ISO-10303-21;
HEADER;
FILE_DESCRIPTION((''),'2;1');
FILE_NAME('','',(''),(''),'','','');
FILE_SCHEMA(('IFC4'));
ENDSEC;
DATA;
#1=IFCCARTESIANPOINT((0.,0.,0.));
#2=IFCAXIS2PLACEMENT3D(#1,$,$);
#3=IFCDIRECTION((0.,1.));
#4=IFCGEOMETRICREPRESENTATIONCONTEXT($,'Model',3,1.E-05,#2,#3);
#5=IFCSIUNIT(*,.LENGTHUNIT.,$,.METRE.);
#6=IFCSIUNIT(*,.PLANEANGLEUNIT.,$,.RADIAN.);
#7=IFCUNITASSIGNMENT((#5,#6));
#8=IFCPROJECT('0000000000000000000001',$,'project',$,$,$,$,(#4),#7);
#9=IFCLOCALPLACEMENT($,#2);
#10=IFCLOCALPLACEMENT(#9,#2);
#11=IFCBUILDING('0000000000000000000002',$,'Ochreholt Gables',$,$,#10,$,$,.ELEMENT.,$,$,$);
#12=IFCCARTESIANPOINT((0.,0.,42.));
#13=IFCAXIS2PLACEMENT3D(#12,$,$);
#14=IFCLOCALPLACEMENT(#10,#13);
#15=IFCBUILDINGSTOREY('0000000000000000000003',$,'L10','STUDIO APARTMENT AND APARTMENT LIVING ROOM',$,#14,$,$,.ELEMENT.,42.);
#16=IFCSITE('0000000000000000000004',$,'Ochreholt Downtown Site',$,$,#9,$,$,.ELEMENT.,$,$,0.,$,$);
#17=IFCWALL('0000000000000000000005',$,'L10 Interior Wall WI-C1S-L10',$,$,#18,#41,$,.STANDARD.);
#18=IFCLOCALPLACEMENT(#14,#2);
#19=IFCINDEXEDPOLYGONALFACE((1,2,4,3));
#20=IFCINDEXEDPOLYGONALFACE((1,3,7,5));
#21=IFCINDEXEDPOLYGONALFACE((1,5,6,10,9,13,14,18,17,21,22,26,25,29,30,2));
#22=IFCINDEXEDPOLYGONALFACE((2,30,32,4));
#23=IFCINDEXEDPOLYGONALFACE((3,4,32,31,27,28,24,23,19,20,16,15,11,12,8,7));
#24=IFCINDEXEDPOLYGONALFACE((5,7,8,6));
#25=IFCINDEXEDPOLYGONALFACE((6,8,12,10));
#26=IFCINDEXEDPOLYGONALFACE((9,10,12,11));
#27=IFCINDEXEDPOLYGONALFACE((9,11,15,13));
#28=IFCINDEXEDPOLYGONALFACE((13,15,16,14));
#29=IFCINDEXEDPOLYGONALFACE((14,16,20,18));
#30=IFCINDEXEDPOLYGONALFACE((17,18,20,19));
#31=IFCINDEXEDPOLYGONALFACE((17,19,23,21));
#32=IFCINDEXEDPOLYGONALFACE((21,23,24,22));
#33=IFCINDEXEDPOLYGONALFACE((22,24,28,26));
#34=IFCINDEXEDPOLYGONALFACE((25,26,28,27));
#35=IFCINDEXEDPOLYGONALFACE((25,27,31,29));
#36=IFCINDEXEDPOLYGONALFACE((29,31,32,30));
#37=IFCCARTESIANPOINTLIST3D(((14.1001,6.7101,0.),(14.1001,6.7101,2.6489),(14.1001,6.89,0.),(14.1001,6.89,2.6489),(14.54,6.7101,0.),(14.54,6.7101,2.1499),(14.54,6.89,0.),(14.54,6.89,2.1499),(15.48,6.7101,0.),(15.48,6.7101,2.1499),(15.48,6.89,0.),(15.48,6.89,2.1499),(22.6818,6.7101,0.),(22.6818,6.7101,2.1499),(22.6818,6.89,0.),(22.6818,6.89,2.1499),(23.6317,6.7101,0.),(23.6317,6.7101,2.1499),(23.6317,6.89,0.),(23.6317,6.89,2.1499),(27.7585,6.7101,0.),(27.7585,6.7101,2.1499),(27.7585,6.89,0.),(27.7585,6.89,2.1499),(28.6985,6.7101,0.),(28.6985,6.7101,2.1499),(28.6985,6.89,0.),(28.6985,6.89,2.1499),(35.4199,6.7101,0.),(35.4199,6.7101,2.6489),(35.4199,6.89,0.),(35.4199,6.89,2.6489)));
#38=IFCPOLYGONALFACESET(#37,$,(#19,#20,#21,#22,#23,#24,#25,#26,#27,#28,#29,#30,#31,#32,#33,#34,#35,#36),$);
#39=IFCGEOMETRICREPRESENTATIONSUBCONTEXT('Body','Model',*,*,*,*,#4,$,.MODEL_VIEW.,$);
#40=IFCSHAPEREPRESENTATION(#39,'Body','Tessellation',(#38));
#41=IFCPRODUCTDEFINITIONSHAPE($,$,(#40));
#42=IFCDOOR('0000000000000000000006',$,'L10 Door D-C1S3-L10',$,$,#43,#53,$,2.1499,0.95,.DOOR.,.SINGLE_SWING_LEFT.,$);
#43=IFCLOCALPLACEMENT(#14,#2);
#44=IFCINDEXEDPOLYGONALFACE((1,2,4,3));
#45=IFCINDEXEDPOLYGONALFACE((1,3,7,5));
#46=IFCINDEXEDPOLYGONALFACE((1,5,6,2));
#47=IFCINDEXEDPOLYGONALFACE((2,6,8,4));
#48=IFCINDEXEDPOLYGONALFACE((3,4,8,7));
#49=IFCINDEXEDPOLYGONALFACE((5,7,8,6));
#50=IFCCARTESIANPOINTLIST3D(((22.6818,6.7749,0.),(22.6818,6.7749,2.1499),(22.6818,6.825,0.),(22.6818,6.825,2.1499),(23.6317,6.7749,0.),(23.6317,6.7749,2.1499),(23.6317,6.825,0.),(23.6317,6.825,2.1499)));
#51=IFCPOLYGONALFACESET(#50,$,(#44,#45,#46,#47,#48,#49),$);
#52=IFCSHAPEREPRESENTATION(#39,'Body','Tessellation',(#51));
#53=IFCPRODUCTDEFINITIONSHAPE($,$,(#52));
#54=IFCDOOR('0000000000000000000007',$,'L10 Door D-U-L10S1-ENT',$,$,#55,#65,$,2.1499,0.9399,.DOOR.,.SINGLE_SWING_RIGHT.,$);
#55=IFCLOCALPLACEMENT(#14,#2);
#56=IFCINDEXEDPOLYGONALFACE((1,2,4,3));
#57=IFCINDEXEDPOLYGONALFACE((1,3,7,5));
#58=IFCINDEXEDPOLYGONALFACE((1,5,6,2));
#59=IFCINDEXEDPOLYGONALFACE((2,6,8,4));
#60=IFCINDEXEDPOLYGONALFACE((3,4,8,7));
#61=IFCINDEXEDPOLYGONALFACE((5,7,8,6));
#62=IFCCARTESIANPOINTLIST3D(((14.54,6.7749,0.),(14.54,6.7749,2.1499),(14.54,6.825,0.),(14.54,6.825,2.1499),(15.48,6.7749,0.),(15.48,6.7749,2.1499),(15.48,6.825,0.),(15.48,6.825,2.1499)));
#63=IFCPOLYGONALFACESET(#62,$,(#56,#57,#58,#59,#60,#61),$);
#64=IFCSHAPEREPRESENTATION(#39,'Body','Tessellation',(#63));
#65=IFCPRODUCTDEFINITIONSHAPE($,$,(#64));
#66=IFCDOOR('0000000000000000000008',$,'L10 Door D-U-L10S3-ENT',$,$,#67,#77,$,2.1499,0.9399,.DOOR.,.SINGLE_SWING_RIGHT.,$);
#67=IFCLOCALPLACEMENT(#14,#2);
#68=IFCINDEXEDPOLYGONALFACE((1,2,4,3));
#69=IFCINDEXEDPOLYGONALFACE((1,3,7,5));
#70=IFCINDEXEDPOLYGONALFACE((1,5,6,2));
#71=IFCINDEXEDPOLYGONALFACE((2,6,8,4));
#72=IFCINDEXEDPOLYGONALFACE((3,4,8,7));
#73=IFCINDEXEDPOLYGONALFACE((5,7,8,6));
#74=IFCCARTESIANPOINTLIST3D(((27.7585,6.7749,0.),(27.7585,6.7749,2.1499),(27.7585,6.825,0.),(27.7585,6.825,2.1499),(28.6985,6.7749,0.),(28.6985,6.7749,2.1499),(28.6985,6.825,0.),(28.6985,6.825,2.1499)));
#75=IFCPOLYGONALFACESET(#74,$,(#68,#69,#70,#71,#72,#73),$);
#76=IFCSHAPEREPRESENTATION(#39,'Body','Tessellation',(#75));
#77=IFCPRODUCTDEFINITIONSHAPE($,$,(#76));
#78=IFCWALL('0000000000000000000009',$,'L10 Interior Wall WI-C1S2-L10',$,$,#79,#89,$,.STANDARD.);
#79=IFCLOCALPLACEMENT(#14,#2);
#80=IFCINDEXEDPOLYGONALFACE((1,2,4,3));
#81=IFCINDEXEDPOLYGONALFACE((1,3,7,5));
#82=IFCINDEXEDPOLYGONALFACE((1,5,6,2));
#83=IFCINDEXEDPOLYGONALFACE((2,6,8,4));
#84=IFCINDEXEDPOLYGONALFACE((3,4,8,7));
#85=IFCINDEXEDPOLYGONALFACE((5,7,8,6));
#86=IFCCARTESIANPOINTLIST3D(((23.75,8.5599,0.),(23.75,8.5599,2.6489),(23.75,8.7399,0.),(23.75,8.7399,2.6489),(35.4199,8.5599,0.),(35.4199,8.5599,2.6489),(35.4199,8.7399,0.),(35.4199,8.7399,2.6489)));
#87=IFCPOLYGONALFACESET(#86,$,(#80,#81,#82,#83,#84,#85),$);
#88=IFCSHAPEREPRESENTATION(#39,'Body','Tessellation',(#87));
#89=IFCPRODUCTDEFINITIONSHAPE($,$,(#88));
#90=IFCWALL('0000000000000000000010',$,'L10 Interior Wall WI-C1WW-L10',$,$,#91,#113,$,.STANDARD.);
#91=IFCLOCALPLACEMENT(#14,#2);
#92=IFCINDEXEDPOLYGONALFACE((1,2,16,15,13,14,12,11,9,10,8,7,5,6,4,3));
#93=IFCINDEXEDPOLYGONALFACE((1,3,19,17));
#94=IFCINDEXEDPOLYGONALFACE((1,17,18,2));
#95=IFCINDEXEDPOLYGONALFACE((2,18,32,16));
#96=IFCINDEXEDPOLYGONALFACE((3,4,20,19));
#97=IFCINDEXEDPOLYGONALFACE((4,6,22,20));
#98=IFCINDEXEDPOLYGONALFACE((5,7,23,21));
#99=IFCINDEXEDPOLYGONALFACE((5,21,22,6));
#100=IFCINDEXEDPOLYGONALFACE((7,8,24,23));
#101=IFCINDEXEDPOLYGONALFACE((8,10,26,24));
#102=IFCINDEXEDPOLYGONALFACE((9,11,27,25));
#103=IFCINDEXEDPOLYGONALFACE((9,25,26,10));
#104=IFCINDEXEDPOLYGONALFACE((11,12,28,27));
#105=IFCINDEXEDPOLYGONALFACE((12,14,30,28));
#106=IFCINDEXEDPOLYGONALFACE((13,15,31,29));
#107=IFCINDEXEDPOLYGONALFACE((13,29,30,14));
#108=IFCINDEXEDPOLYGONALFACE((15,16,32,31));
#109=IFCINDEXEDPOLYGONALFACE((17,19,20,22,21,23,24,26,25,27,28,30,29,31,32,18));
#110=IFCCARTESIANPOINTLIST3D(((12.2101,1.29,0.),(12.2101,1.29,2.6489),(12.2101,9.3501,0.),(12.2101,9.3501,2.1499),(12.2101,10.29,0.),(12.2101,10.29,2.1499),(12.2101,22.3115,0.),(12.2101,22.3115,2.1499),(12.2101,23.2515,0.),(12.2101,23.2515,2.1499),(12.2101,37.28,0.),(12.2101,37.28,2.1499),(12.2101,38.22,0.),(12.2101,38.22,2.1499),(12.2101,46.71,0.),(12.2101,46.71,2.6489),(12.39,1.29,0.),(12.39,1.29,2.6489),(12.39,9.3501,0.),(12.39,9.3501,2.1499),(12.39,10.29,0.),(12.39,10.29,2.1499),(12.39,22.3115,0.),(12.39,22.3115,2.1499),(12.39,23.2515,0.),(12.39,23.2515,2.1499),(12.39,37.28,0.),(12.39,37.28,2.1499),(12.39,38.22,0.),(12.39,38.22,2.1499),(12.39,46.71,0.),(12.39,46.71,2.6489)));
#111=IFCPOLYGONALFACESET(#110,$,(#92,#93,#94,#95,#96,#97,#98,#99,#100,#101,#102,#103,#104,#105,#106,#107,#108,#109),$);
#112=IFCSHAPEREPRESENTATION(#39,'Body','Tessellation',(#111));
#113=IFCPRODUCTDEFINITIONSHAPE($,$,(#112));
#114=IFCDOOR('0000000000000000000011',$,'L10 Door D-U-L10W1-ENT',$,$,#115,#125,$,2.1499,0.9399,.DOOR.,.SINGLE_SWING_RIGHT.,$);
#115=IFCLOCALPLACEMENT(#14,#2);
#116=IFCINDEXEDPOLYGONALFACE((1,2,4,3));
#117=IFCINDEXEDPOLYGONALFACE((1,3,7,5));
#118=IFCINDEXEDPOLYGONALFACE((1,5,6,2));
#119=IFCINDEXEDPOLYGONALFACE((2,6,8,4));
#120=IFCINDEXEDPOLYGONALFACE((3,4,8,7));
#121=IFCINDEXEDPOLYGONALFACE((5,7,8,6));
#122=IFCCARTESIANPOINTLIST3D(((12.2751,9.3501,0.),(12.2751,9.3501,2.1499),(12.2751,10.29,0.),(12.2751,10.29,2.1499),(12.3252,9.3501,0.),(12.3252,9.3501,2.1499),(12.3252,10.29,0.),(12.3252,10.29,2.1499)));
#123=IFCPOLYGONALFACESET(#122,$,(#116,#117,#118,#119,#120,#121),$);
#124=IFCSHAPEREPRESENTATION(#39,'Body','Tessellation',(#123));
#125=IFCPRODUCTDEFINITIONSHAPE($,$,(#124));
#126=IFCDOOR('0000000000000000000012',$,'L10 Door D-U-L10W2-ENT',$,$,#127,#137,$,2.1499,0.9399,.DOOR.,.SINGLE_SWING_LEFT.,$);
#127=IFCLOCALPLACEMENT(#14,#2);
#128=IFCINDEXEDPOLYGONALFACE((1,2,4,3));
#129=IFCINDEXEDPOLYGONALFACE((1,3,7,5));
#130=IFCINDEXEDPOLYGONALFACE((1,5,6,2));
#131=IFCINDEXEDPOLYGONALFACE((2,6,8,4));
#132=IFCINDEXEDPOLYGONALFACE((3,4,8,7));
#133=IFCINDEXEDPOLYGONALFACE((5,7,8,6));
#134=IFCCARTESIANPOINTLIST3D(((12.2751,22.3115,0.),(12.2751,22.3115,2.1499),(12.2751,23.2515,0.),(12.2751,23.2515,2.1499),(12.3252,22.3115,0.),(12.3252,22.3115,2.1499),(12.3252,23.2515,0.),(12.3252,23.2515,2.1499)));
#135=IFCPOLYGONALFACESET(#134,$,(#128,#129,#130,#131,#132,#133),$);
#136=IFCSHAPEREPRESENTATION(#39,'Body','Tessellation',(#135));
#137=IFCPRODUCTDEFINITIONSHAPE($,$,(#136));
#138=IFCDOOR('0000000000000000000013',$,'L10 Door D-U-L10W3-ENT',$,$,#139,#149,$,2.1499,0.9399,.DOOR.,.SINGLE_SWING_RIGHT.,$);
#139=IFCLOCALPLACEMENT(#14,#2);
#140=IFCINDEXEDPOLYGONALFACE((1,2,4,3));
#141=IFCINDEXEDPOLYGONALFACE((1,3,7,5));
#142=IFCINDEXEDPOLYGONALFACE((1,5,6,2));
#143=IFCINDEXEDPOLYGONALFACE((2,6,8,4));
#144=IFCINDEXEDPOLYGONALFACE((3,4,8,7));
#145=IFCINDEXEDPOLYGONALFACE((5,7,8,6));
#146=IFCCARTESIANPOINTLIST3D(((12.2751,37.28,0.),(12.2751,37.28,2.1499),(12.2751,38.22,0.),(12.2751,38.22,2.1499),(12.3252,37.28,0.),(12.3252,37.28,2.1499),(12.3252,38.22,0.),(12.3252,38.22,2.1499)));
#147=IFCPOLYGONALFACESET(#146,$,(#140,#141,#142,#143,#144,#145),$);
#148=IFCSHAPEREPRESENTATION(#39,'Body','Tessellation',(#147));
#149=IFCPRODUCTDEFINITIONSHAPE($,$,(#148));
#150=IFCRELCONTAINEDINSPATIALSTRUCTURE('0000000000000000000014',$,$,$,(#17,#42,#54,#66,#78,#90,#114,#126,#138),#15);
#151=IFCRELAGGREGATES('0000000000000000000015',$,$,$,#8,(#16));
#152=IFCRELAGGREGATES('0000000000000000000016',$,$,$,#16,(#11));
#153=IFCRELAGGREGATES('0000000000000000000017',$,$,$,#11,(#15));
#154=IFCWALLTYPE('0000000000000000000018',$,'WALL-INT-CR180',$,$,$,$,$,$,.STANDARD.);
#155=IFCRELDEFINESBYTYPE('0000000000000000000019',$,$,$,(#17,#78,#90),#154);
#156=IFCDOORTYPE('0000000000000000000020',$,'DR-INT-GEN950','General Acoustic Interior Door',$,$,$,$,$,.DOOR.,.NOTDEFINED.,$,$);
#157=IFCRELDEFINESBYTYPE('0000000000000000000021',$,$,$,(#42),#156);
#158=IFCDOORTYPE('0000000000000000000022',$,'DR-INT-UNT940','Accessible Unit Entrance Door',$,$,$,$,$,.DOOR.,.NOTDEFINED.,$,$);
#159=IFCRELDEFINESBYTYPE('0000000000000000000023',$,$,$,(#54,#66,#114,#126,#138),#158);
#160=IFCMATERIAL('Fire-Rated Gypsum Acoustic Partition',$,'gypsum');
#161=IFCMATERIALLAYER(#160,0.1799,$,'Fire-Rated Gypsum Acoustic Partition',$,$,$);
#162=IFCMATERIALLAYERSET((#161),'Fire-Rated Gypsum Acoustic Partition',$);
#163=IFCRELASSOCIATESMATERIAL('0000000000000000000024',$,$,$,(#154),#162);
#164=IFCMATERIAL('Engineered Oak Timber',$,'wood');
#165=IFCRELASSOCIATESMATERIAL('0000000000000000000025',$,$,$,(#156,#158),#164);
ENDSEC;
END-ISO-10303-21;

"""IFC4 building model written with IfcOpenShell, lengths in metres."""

from ifc_helpers import new_model, si_unit, direction, frame, frame_2d, origin, place, context, subcontext, project, spatial, rectangle, extrude, material, layer, layer_set, type_object, element, fill, save


model = new_model("IFC4")

# Units and contexts
model_context = context("Model", 3, precision=1e-05, world=origin(), true_north=direction((0.0, 1.0)))
body_context = subcontext(model_context, "Body", "Model", "MODEL_VIEW")
ifc_project = project(units=[si_unit("LENGTHUNIT", "METRE"), si_unit("PLANEANGLEUNIT", "RADIAN")], contexts=[model_context])

# Site, building, storey
site_placement = place(None, origin())
site = spatial("IfcSite", under=ifc_project, at=site_placement, Name="Ochreholt Downtown Site", CompositionType="ELEMENT", RefElevation=0.0)
building_placement = place(site_placement, origin())
building = spatial("IfcBuilding", under=site, at=building_placement, Name="Ochreholt Gables", CompositionType="ELEMENT")
storey_placement = place(building_placement, frame((0.0, 0.0, 42.0)))
storey = spatial("IfcBuildingStorey", under=building, at=storey_placement, Name="L10", Description="STUDIO APARTMENT AND APARTMENT LIVING ROOM", CompositionType="ELEMENT", Elevation=42.0)

# Shared definitions
ifc_material_1 = material(Name="Fire-Rated Gypsum Acoustic Partition", Category="gypsum")
ifc_layer_1 = layer(ifc_material_1, 0.1799, Name="Fire-Rated Gypsum Acoustic Partition")
ifc_layer_set_1 = layer_set([ifc_layer_1], Name="Fire-Rated Gypsum Acoustic Partition")
wall_type_1 = type_object("IfcWallType", Name="WALL-INT-CR180", PredefinedType="STANDARD", material=ifc_layer_set_1)

# Wall, openings, doors
wall_1_placement = place(storey_placement, frame((14.1001, 6.8, 0.0), z_axis=(0.0, 0.0, 1.0), x_axis=(1.0, 0.0, 0.0)))
wall_1 = element("IfcWall", 1, at=wall_1_placement, inside=storey, type_object=wall_type_1, Name="L10 Interior Wall WI-C1S-L10", PredefinedType="STANDARD", context=body_context, shape_type="SweptSolid", body=[
    extrude(rectangle(XDim=21.3198, YDim=0.1799, at=frame_2d((10.6599, 0.0))), origin(), (0.0, 0.0, 1.0), 2.6489),
])
opening_1_placement = place(wall_1_placement, frame((0.4399, 0.0, 0.0)))
opening_1 = element("IfcOpeningElement", 2, at=opening_1_placement, cuts=wall_1, PredefinedType="OPENING", context=body_context, shape_type="SweptSolid", body=[
    extrude(rectangle(XDim=0.9399, YDim=2.1499, at=frame_2d((0.47, 1.075))), frame((0.0, 0.0999, 0.0), z_axis=(0.0, -1.0, 0.0), x_axis=(1.0, 0.0, 0.0)), (0.0, 0.0, 1.0), 0.2),
])
opening_2_placement = place(wall_1_placement, frame((8.5815, 0.0, 0.0)))
opening_2 = element("IfcOpeningElement", 3, at=opening_2_placement, cuts=wall_1, PredefinedType="OPENING", context=body_context, shape_type="SweptSolid", body=[
    extrude(rectangle(XDim=0.95, YDim=2.1499, at=frame_2d((0.4751, 1.075))), frame((0.0, 0.0999, 0.0), z_axis=(0.0, -1.0, 0.0), x_axis=(1.0, 0.0, 0.0)), (0.0, 0.0, 1.0), 0.2),
])
opening_3_placement = place(wall_1_placement, frame((13.6584, 0.0, 0.0)))
opening_3 = element("IfcOpeningElement", 4, at=opening_3_placement, cuts=wall_1, PredefinedType="OPENING", context=body_context, shape_type="SweptSolid", body=[
    extrude(rectangle(XDim=0.9399, YDim=2.1499, at=frame_2d((0.47, 1.075))), frame((0.0, 0.0999, 0.0), z_axis=(0.0, -1.0, 0.0), x_axis=(1.0, 0.0, 0.0)), (0.0, 0.0, 1.0), 0.2),
])
ifc_material_2 = material(Name="Engineered Oak Timber", Category="wood")
door_type_1 = type_object("IfcDoorType", Name="DR-INT-GEN950", Description="General Acoustic Interior Door", OperationType="NOTDEFINED", PredefinedType="DOOR", material=ifc_material_2)
door_1_placement = place(opening_2_placement, origin())
door_1 = element("IfcDoor", 5, at=door_1_placement, inside=storey, type_object=door_type_1, Name="L10 Door D-C1S3-L10", OperationType="SINGLE_SWING_LEFT", OverallHeight=2.1499, OverallWidth=0.95, PredefinedType="DOOR", context=body_context, shape_type="SweptSolid", body=[
    extrude(rectangle(XDim=0.95, YDim=2.1499, at=frame_2d((0.4751, 1.075))), frame((0.0, 0.0249, 0.0), z_axis=(0.0, -1.0, 0.0), x_axis=(1.0, 0.0, 0.0)), (0.0, 0.0, 1.0), 0.05),
])
fill(opening_2, door_1)
door_type_2 = type_object("IfcDoorType", Name="DR-INT-UNT940", Description="Accessible Unit Entrance Door", OperationType="NOTDEFINED", PredefinedType="DOOR", material=ifc_material_2)
door_2_placement = place(opening_1_placement, origin())
door_2 = element("IfcDoor", 6, at=door_2_placement, inside=storey, type_object=door_type_2, Name="L10 Door D-U-L10S1-ENT", OperationType="SINGLE_SWING_RIGHT", OverallHeight=2.1499, OverallWidth=0.9399, PredefinedType="DOOR", context=body_context, shape_type="SweptSolid", body=[
    extrude(rectangle(XDim=0.9399, YDim=2.1499, at=frame_2d((0.47, 1.075))), frame((0.0, 0.0249, 0.0), z_axis=(0.0, -1.0, 0.0), x_axis=(1.0, 0.0, 0.0)), (0.0, 0.0, 1.0), 0.05),
])
fill(opening_1, door_2)
door_3_placement = place(opening_3_placement, origin())
door_3 = element("IfcDoor", 7, at=door_3_placement, inside=storey, type_object=door_type_2, Name="L10 Door D-U-L10S3-ENT", OperationType="SINGLE_SWING_RIGHT", OverallHeight=2.1499, OverallWidth=0.9399, PredefinedType="DOOR", context=body_context, shape_type="SweptSolid", body=[
    extrude(rectangle(XDim=0.9399, YDim=2.1499, at=frame_2d((0.47, 1.075))), frame((0.0, 0.0249, 0.0), z_axis=(0.0, -1.0, 0.0), x_axis=(1.0, 0.0, 0.0)), (0.0, 0.0, 1.0), 0.05),
])
fill(opening_3, door_3)

# Wall
wall_2_placement = place(storey_placement, frame((23.75, 8.6499, 0.0), z_axis=(0.0, 0.0, 1.0), x_axis=(1.0, 0.0, 0.0)))
element("IfcWall", 8, at=wall_2_placement, inside=storey, type_object=wall_type_1, Name="L10 Interior Wall WI-C1S2-L10", PredefinedType="STANDARD", context=body_context, shape_type="SweptSolid", body=[
    extrude(rectangle(XDim=11.6699, YDim=0.1799, at=frame_2d((5.835, 0.0))), origin(), (0.0, 0.0, 1.0), 2.6489),
])

# Wall, openings, doors
wall_3_placement = place(storey_placement, frame((12.3, 1.29, 0.0), z_axis=(0.0, 0.0, 1.0), x_axis=(0.0, 1.0, 0.0)))
wall_3 = element("IfcWall", 9, at=wall_3_placement, inside=storey, type_object=wall_type_1, Name="L10 Interior Wall WI-C1WW-L10", PredefinedType="STANDARD", context=body_context, shape_type="SweptSolid", body=[
    extrude(rectangle(XDim=45.4199, YDim=0.1799, at=frame_2d((22.71, 0.0))), origin(), (0.0, 0.0, 1.0), 2.6489),
])
opening_4_placement = place(wall_3_placement, frame((8.0601, 0.0, 0.0)))
opening_4 = element("IfcOpeningElement", 10, at=opening_4_placement, cuts=wall_3, PredefinedType="OPENING", context=body_context, shape_type="SweptSolid", body=[
    extrude(rectangle(XDim=0.9399, YDim=2.1499, at=frame_2d((0.47, 1.075))), frame((0.0, 0.0999, 0.0), z_axis=(0.0, -1.0, 0.0), x_axis=(1.0, 0.0, 0.0)), (0.0, 0.0, 1.0), 0.2),
])
opening_5_placement = place(wall_3_placement, frame((21.0215, 0.0, 0.0)))
opening_5 = element("IfcOpeningElement", 11, at=opening_5_placement, cuts=wall_3, PredefinedType="OPENING", context=body_context, shape_type="SweptSolid", body=[
    extrude(rectangle(XDim=0.9399, YDim=2.1499, at=frame_2d((0.47, 1.075))), frame((0.0, 0.0999, 0.0), z_axis=(0.0, -1.0, 0.0), x_axis=(1.0, 0.0, 0.0)), (0.0, 0.0, 1.0), 0.2),
])
opening_6_placement = place(wall_3_placement, frame((35.99, 0.0, 0.0)))
opening_6 = element("IfcOpeningElement", 12, at=opening_6_placement, cuts=wall_3, PredefinedType="OPENING", context=body_context, shape_type="SweptSolid", body=[
    extrude(rectangle(XDim=0.9399, YDim=2.1499, at=frame_2d((0.47, 1.075))), frame((0.0, 0.0999, 0.0), z_axis=(0.0, -1.0, 0.0), x_axis=(1.0, 0.0, 0.0)), (0.0, 0.0, 1.0), 0.2),
])
door_4_placement = place(opening_4_placement, origin())
door_4 = element("IfcDoor", 13, at=door_4_placement, inside=storey, type_object=door_type_2, Name="L10 Door D-U-L10W1-ENT", OperationType="SINGLE_SWING_RIGHT", OverallHeight=2.1499, OverallWidth=0.9399, PredefinedType="DOOR", context=body_context, shape_type="SweptSolid", body=[
    extrude(rectangle(XDim=0.9399, YDim=2.1499, at=frame_2d((0.47, 1.075))), frame((0.0, 0.0249, 0.0), z_axis=(0.0, -1.0, 0.0), x_axis=(1.0, 0.0, 0.0)), (0.0, 0.0, 1.0), 0.05),
])
fill(opening_4, door_4)
door_5_placement = place(opening_5_placement, origin())
door_5 = element("IfcDoor", 14, at=door_5_placement, inside=storey, type_object=door_type_2, Name="L10 Door D-U-L10W2-ENT", OperationType="SINGLE_SWING_LEFT", OverallHeight=2.1499, OverallWidth=0.9399, PredefinedType="DOOR", context=body_context, shape_type="SweptSolid", body=[
    extrude(rectangle(XDim=0.9399, YDim=2.1499, at=frame_2d((0.47, 1.075))), frame((0.0, 0.0249, 0.0), z_axis=(0.0, -1.0, 0.0), x_axis=(1.0, 0.0, 0.0)), (0.0, 0.0, 1.0), 0.05),
])
fill(opening_5, door_5)
door_6_placement = place(opening_6_placement, origin())
door_6 = element("IfcDoor", 15, at=door_6_placement, inside=storey, type_object=door_type_2, Name="L10 Door D-U-L10W3-ENT", OperationType="SINGLE_SWING_RIGHT", OverallHeight=2.1499, OverallWidth=0.9399, PredefinedType="DOOR", context=body_context, shape_type="SweptSolid", body=[
    extrude(rectangle(XDim=0.9399, YDim=2.1499, at=frame_2d((0.47, 1.075))), frame((0.0, 0.0249, 0.0), z_axis=(0.0, -1.0, 0.0), x_axis=(1.0, 0.0, 0.0)), (0.0, 0.0, 1.0), 0.05),
])
fill(opening_6, door_6)

save(model, "model.ifc")
